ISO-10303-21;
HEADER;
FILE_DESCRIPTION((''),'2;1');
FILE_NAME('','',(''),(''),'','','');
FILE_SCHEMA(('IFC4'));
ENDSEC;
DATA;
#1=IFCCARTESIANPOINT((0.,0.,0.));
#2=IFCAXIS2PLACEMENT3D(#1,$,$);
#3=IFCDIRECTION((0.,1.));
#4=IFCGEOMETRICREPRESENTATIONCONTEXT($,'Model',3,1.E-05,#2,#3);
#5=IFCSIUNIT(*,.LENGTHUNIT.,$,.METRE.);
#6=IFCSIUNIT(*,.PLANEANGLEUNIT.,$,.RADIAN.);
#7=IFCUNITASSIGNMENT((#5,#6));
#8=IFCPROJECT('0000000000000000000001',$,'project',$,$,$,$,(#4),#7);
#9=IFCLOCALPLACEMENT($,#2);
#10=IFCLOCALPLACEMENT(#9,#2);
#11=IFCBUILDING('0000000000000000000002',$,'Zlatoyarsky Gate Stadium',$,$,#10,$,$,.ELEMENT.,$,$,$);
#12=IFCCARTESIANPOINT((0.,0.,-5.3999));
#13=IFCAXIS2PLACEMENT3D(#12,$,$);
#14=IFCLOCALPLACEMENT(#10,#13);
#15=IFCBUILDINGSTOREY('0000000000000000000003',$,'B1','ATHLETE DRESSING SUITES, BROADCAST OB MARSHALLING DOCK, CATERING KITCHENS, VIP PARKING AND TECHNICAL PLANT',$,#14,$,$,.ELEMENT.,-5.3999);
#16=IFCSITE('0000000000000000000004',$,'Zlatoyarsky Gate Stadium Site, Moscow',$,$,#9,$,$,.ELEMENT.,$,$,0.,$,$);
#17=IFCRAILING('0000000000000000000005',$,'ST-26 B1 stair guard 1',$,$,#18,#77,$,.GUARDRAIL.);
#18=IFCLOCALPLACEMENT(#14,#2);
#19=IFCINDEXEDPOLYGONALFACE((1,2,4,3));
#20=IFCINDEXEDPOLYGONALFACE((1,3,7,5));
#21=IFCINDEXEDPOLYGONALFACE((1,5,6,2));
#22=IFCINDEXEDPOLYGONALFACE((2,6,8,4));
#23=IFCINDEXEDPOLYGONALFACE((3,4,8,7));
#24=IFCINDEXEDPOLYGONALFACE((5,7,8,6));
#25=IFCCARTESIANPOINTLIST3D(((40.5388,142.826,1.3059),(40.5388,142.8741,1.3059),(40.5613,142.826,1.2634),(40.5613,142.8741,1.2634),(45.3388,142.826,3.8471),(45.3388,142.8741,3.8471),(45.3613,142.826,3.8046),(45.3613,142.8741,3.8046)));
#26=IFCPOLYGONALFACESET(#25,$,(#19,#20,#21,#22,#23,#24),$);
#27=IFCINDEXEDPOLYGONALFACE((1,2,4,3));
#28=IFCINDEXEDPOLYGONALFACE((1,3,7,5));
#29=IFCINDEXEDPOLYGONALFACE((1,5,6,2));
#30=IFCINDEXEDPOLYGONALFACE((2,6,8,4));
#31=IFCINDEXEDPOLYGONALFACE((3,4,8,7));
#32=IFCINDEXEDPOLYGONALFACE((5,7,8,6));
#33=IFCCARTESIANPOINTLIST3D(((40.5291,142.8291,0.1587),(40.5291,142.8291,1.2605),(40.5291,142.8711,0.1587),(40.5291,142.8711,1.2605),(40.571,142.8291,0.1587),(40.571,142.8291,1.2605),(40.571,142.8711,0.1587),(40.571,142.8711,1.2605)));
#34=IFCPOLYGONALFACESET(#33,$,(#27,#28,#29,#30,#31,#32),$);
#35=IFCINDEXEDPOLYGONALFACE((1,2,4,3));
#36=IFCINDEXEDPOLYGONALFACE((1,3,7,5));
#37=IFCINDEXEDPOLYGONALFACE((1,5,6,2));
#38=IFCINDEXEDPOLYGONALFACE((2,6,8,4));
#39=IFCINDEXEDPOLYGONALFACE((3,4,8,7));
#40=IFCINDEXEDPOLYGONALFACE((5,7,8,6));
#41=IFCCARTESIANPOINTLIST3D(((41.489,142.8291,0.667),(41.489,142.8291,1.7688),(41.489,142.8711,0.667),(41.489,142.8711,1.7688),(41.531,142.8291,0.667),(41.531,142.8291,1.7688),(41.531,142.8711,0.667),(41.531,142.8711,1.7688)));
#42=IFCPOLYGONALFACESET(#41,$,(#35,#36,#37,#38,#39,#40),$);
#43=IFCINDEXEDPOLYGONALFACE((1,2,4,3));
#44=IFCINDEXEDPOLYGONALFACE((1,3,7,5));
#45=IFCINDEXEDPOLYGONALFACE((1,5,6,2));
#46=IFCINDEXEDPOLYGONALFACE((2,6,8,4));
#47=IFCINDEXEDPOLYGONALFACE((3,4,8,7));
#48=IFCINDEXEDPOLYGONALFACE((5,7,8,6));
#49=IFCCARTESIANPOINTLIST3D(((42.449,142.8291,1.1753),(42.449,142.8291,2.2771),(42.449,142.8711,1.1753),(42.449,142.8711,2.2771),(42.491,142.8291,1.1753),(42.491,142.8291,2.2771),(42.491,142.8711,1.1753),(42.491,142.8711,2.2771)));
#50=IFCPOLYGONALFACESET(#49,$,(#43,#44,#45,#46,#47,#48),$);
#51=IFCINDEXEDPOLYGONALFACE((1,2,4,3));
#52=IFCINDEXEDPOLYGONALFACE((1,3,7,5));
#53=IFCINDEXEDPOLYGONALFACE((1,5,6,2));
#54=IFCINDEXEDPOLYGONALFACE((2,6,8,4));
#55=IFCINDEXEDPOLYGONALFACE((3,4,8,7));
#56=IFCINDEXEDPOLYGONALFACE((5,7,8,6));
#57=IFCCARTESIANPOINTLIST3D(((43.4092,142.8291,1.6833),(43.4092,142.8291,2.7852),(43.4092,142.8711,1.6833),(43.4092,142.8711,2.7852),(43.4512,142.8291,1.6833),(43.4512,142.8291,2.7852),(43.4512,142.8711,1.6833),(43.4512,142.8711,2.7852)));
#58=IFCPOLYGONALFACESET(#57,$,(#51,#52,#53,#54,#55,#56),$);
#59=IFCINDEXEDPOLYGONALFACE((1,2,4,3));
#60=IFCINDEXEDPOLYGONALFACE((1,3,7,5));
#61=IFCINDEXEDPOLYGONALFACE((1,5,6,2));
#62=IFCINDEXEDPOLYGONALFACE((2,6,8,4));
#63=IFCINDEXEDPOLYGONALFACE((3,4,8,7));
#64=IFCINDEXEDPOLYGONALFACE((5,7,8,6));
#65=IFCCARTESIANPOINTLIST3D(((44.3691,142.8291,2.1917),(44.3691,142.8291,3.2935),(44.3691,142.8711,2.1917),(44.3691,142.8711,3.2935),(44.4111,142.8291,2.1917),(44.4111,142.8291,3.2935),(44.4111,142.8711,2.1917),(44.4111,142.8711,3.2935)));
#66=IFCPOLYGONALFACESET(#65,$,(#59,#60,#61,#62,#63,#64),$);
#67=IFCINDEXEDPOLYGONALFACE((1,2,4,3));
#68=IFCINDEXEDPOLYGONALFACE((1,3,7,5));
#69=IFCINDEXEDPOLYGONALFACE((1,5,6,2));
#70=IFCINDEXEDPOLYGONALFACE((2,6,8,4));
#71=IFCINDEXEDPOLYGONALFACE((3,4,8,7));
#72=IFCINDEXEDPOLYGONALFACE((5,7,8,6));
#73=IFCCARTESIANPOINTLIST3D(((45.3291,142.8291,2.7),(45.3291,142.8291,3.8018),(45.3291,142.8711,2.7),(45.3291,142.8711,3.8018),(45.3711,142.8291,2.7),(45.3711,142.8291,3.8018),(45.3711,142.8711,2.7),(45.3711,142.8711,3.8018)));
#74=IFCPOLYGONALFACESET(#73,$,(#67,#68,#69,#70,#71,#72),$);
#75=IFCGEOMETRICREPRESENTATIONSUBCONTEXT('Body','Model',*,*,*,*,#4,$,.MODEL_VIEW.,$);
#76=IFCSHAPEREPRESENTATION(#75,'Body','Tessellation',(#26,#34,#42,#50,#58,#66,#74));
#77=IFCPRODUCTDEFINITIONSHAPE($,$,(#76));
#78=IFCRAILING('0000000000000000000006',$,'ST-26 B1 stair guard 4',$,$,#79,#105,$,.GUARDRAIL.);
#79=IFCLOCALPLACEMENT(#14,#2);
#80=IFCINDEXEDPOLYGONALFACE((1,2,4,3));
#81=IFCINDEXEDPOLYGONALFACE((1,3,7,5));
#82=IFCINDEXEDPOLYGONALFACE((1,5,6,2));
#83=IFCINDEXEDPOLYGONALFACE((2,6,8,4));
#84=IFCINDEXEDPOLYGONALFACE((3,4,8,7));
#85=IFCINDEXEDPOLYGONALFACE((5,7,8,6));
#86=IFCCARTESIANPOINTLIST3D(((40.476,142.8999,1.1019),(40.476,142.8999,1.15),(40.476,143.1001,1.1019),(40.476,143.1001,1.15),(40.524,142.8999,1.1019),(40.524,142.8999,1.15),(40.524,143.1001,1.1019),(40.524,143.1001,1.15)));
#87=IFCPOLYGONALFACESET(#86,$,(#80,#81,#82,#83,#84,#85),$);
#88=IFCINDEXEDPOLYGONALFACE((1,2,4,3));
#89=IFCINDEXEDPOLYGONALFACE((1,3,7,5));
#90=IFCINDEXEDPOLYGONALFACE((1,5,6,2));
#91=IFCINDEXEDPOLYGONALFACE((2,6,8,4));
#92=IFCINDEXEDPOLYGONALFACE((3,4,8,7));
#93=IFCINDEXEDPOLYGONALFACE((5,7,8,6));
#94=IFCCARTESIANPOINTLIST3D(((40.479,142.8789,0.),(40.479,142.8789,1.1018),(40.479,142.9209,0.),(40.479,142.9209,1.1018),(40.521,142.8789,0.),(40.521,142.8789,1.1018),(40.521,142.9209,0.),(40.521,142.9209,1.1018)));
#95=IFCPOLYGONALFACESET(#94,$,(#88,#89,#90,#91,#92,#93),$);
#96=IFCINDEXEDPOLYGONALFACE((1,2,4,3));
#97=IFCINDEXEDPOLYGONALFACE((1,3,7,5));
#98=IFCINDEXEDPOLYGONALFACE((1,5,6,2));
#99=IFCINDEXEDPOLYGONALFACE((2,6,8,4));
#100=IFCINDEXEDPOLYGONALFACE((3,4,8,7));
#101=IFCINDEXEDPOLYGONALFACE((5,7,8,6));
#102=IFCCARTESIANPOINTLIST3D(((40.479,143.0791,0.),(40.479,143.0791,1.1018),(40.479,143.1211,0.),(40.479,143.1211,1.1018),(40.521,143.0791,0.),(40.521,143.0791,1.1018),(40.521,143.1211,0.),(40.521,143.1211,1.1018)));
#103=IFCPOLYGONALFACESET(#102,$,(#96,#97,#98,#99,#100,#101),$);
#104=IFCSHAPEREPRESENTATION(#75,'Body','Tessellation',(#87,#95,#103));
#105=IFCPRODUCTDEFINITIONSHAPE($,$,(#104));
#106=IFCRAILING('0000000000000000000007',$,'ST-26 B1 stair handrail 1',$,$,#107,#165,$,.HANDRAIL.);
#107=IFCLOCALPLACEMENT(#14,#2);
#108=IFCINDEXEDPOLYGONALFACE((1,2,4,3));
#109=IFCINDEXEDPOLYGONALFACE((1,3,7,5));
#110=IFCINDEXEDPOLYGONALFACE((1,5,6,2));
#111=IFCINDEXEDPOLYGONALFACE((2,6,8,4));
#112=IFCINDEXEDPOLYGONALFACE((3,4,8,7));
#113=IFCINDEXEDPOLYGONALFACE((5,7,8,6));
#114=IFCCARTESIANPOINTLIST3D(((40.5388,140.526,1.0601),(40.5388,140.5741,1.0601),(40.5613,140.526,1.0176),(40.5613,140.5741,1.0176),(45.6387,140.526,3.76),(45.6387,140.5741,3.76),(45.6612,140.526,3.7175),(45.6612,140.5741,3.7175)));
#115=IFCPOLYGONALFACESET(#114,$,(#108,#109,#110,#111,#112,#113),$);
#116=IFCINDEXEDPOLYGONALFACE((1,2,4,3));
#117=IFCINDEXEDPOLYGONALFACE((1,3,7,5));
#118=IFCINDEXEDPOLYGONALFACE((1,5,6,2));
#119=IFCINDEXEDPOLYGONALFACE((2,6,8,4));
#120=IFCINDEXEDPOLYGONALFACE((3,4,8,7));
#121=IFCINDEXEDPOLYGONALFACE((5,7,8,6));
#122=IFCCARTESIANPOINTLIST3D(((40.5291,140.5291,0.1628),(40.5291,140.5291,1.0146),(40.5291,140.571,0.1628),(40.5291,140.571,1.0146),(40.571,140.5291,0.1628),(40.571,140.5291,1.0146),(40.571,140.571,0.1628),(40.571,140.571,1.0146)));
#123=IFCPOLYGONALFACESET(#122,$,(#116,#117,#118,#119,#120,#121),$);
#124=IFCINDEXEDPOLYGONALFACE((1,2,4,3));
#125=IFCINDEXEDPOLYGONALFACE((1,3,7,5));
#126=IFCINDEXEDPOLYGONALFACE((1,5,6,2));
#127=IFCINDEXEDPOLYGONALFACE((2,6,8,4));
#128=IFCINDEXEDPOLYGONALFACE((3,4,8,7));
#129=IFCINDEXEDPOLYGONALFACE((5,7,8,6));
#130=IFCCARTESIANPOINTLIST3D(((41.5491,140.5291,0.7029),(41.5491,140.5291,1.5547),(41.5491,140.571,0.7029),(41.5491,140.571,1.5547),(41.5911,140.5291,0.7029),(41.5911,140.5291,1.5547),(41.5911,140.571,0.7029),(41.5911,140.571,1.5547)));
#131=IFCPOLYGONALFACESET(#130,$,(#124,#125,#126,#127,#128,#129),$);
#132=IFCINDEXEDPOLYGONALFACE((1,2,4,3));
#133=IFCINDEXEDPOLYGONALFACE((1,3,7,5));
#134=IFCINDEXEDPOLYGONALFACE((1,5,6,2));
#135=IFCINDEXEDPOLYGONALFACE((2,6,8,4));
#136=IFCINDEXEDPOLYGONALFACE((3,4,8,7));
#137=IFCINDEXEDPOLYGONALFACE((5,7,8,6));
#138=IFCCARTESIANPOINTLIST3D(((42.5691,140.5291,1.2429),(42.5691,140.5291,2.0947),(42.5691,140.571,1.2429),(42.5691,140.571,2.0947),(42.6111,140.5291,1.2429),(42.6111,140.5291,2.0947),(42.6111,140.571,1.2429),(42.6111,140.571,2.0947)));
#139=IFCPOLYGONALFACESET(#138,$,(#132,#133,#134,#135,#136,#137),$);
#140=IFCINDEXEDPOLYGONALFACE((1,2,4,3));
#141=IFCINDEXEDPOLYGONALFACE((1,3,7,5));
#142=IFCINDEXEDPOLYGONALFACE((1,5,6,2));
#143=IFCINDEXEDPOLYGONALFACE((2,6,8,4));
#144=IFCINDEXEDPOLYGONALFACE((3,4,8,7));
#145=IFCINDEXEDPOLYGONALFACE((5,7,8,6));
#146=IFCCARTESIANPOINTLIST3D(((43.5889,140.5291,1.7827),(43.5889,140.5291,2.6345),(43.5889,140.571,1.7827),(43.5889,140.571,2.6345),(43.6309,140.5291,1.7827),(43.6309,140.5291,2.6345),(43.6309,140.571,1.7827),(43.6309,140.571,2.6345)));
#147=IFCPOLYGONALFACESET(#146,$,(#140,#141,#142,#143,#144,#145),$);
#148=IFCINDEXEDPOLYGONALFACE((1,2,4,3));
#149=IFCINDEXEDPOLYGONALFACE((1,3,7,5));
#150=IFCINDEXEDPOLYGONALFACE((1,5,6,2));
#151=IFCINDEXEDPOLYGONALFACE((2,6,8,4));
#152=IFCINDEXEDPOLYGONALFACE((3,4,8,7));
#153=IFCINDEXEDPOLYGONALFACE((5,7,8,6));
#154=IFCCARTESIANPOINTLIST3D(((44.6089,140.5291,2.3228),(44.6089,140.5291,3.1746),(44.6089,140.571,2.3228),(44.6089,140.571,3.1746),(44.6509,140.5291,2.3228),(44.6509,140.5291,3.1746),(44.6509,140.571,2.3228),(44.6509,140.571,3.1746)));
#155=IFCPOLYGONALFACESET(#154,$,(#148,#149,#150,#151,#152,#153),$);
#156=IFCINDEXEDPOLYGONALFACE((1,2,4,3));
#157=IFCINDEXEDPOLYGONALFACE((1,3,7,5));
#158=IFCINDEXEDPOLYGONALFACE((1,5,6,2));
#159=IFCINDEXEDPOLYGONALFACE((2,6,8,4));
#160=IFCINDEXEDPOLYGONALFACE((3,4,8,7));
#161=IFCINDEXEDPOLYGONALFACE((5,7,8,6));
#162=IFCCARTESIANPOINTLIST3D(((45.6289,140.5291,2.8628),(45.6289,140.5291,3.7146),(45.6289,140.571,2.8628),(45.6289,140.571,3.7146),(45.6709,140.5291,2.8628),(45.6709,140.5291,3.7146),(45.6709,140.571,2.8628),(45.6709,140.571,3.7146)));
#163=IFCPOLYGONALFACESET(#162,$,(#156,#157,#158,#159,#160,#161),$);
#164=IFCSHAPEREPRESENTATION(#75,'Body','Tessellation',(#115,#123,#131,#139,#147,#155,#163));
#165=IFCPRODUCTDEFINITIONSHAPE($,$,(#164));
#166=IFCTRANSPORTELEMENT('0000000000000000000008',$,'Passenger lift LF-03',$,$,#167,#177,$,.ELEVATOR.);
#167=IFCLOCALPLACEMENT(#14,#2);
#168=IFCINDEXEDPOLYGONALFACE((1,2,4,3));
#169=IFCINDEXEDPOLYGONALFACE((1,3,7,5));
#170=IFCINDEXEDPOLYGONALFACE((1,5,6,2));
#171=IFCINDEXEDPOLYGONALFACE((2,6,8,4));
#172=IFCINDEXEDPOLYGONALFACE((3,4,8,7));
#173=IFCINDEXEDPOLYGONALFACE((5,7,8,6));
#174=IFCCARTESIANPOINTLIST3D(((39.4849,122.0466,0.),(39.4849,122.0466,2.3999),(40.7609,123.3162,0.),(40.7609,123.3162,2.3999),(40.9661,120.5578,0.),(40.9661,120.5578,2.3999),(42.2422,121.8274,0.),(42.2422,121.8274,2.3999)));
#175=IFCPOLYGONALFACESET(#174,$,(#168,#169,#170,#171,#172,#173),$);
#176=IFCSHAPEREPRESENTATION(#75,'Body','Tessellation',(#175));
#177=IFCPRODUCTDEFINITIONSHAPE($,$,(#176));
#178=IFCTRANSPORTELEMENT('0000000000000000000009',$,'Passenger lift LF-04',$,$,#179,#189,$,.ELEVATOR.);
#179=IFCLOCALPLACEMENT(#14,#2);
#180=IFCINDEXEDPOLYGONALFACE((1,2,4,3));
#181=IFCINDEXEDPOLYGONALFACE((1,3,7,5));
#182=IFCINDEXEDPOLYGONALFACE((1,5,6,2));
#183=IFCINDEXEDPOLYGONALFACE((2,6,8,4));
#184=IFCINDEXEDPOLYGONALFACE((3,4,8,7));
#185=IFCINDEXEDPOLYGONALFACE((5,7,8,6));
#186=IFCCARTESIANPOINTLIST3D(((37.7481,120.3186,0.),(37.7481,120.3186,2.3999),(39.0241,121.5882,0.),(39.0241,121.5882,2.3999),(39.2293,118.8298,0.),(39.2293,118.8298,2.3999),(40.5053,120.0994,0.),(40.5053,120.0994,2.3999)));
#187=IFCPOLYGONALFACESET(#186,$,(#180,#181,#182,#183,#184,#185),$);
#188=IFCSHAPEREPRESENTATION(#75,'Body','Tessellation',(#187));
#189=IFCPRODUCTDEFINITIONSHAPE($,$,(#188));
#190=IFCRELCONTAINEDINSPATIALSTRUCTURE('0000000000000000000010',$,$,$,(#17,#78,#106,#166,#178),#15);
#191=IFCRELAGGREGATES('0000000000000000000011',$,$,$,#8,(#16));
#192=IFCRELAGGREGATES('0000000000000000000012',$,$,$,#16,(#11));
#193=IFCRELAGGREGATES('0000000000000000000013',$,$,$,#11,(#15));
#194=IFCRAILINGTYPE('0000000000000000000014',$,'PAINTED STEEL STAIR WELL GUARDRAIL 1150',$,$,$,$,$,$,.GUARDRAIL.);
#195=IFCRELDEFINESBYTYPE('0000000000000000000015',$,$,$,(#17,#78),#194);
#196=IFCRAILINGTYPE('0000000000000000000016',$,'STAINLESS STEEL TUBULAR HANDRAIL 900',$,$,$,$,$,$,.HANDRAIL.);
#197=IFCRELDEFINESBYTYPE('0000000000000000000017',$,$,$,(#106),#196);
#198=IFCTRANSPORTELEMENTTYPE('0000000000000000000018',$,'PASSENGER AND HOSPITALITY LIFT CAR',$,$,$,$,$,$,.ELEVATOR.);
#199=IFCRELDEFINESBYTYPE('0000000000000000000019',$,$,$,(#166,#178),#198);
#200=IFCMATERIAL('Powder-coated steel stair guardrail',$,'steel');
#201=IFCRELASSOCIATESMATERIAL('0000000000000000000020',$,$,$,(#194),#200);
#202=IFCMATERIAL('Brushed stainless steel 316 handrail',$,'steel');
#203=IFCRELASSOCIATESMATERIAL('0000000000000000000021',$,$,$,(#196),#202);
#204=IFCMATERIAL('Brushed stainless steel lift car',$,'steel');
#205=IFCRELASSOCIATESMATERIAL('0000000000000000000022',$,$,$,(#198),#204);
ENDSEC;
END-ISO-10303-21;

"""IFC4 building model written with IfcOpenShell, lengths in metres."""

from ifc_helpers import new_model, si_unit, direction, frame, origin, origin_2d, place, context, subcontext, project, spatial, rectangle, extrude, material, type_object, element, save


model = new_model("IFC4")

# Units and contexts
model_context = context("Model", 3, precision=1e-05, world=origin(), true_north=direction((0.0, 1.0)))
body_context = subcontext(model_context, "Body", "Model", "MODEL_VIEW")
ifc_project = project(units=[si_unit("LENGTHUNIT", "METRE"), si_unit("PLANEANGLEUNIT", "RADIAN")], contexts=[model_context])

# Site, building, storey
site_placement = place(None, origin())
site = spatial("IfcSite", under=ifc_project, at=site_placement, Name="Zlatoyarsky Gate Stadium Site, Moscow", CompositionType="ELEMENT", RefElevation=0.0)
building_placement = place(site_placement, origin())
building = spatial("IfcBuilding", under=site, at=building_placement, Name="Zlatoyarsky Gate Stadium", CompositionType="ELEMENT")
storey_placement = place(building_placement, frame((0.0, 0.0, -5.3999)))
storey = spatial("IfcBuildingStorey", under=building, at=storey_placement, Name="B1", Description="ATHLETE DRESSING SUITES, BROADCAST OB MARSHALLING DOCK, CATERING KITCHENS, VIP PARKING AND TECHNICAL PLANT", CompositionType="ELEMENT", Elevation=-5.3999)

# Railings
ifc_material_1 = material(Name="Powder-coated steel stair guardrail", Category="steel")
railing_type_1 = type_object("IfcRailingType", Name="PAINTED STEEL STAIR WELL GUARDRAIL 1150", PredefinedType="GUARDRAIL", material=ifc_material_1)
railing_1_placement = place(storey_placement, frame((40.55, 142.8501, 0.1587)))
element("IfcRailing", 1, at=railing_1_placement, inside=storey, type_object=railing_type_1, Name="ST-26 B1 stair guard 1", PredefinedType="GUARDRAIL", context=body_context, shape_type="SweptSolid", body=[
    extrude(rectangle(XDim=0.0481, YDim=0.0481, at=origin_2d()), frame((0.0, 0.0, 1.126), z_axis=(0.883784, 0.0, 0.467896), x_axis=(0.0, 1.0, 0.0)), (0.0, 0.0, 1.0), 5.4312),
    extrude(rectangle(XDim=0.042, YDim=0.042, at=origin_2d()), origin(), (0.0, 0.0, 1.0), 1.1018),
    extrude(rectangle(XDim=0.042, YDim=0.042, at=origin_2d()), frame((0.96, 0.0, 0.5083)), (0.0, 0.0, 1.0), 1.1018),
    extrude(rectangle(XDim=0.042, YDim=0.042, at=origin_2d()), frame((1.9199, 0.0, 1.0166)), (0.0, 0.0, 1.0), 1.1018),
    extrude(rectangle(XDim=0.042, YDim=0.042, at=origin_2d()), frame((2.8801, 0.0, 1.5247)), (0.0, 0.0, 1.0), 1.1018),
    extrude(rectangle(XDim=0.042, YDim=0.042, at=origin_2d()), frame((3.8401, 0.0, 2.033)), (0.0, 0.0, 1.0), 1.1018),
    extrude(rectangle(XDim=0.042, YDim=0.042, at=origin_2d()), frame((4.8, 0.0, 2.5413)), (0.0, 0.0, 1.0), 1.1018),
])
railing_2_placement = place(storey_placement, frame((40.5, 142.8999, 0.0)))
element("IfcRailing", 2, at=railing_2_placement, inside=storey, type_object=railing_type_1, Name="ST-26 B1 stair guard 4", PredefinedType="GUARDRAIL", context=body_context, shape_type="SweptSolid", body=[
    extrude(rectangle(XDim=0.0481, YDim=0.0481, at=origin_2d()), frame((0.0, 0.0, 1.126), z_axis=(0.0, 1.0, 0.0), x_axis=(-1.0, 0.0, 0.0)), (0.0, 0.0, 1.0), 0.2002),
    extrude(rectangle(XDim=0.042, YDim=0.042, at=origin_2d()), origin(), (0.0, 0.0, 1.0), 1.1018),
    extrude(rectangle(XDim=0.042, YDim=0.042, at=origin_2d()), frame((0.0, 0.2002, 0.0)), (0.0, 0.0, 1.0), 1.1018),
])
ifc_material_2 = material(Name="Brushed stainless steel 316 handrail", Category="steel")
railing_type_2 = type_object("IfcRailingType", Name="STAINLESS STEEL TUBULAR HANDRAIL 900", PredefinedType="HANDRAIL", material=ifc_material_2)
railing_3_placement = place(storey_placement, frame((40.55, 140.55, 0.1628)))
element("IfcRailing", 3, at=railing_3_placement, inside=storey, type_object=railing_type_2, Name="ST-26 B1 stair handrail 1", PredefinedType="HANDRAIL", context=body_context, shape_type="SweptSolid", body=[
    extrude(rectangle(XDim=0.0481, YDim=0.0481, at=origin_2d()), frame((0.0, 0.0, 0.876), z_axis=(0.883786, 0.0, 0.467892), x_axis=(0.0, 1.0, 0.0)), (0.0, 0.0, 1.0), 5.7705),
    extrude(rectangle(XDim=0.042, YDim=0.042, at=origin_2d()), origin(), (0.0, 0.0, 1.0), 0.8518),
    extrude(rectangle(XDim=0.042, YDim=0.042, at=origin_2d()), frame((1.02, 0.0, 0.54)), (0.0, 0.0, 1.0), 0.8518),
    extrude(rectangle(XDim=0.042, YDim=0.042, at=origin_2d()), frame((2.04, 0.0, 1.0801)), (0.0, 0.0, 1.0), 0.8518),
    extrude(rectangle(XDim=0.042, YDim=0.042, at=origin_2d()), frame((3.0598, 0.0, 1.6199)), (0.0, 0.0, 1.0), 0.8518),
    extrude(rectangle(XDim=0.042, YDim=0.042, at=origin_2d()), frame((4.0798, 0.0, 2.1599)), (0.0, 0.0, 1.0), 0.8518),
    extrude(rectangle(XDim=0.042, YDim=0.042, at=origin_2d()), frame((5.0999, 0.0, 2.7)), (0.0, 0.0, 1.0), 0.8518),
])

# Transport elements
ifc_material_3 = material(Name="Brushed stainless steel lift car", Category="steel")
transport_element_type = type_object("IfcTransportElementType", Name="PASSENGER AND HOSPITALITY LIFT CAR", PredefinedType="ELEVATOR", material=ifc_material_3)
for number, where, z_axis, x_axis, name in (
    (4, (40.8635, 121.937, 0.0), (0.0, 0.0, 1.0), (-0.708901, -0.705308, 0.0), "Passenger lift LF-03"),
    (5, (39.1267, 120.209, 0.0), (0.0, 0.0, 1.0), (-0.708901, -0.705308, 0.0), "Passenger lift LF-04"),
):
    element("IfcTransportElement", number, at=place(storey_placement, frame(where, z_axis=z_axis, x_axis=x_axis)), inside=storey, type_object=transport_element_type, Name=name, PredefinedType="ELEVATOR", context=body_context, shape_type="SweptSolid", body=[
        extrude(rectangle(XDim=1.8, YDim=2.1001, at=origin_2d()), origin(), (0.0, 0.0, 1.0), 2.3999),
    ])

save(model, "model.ifc")
